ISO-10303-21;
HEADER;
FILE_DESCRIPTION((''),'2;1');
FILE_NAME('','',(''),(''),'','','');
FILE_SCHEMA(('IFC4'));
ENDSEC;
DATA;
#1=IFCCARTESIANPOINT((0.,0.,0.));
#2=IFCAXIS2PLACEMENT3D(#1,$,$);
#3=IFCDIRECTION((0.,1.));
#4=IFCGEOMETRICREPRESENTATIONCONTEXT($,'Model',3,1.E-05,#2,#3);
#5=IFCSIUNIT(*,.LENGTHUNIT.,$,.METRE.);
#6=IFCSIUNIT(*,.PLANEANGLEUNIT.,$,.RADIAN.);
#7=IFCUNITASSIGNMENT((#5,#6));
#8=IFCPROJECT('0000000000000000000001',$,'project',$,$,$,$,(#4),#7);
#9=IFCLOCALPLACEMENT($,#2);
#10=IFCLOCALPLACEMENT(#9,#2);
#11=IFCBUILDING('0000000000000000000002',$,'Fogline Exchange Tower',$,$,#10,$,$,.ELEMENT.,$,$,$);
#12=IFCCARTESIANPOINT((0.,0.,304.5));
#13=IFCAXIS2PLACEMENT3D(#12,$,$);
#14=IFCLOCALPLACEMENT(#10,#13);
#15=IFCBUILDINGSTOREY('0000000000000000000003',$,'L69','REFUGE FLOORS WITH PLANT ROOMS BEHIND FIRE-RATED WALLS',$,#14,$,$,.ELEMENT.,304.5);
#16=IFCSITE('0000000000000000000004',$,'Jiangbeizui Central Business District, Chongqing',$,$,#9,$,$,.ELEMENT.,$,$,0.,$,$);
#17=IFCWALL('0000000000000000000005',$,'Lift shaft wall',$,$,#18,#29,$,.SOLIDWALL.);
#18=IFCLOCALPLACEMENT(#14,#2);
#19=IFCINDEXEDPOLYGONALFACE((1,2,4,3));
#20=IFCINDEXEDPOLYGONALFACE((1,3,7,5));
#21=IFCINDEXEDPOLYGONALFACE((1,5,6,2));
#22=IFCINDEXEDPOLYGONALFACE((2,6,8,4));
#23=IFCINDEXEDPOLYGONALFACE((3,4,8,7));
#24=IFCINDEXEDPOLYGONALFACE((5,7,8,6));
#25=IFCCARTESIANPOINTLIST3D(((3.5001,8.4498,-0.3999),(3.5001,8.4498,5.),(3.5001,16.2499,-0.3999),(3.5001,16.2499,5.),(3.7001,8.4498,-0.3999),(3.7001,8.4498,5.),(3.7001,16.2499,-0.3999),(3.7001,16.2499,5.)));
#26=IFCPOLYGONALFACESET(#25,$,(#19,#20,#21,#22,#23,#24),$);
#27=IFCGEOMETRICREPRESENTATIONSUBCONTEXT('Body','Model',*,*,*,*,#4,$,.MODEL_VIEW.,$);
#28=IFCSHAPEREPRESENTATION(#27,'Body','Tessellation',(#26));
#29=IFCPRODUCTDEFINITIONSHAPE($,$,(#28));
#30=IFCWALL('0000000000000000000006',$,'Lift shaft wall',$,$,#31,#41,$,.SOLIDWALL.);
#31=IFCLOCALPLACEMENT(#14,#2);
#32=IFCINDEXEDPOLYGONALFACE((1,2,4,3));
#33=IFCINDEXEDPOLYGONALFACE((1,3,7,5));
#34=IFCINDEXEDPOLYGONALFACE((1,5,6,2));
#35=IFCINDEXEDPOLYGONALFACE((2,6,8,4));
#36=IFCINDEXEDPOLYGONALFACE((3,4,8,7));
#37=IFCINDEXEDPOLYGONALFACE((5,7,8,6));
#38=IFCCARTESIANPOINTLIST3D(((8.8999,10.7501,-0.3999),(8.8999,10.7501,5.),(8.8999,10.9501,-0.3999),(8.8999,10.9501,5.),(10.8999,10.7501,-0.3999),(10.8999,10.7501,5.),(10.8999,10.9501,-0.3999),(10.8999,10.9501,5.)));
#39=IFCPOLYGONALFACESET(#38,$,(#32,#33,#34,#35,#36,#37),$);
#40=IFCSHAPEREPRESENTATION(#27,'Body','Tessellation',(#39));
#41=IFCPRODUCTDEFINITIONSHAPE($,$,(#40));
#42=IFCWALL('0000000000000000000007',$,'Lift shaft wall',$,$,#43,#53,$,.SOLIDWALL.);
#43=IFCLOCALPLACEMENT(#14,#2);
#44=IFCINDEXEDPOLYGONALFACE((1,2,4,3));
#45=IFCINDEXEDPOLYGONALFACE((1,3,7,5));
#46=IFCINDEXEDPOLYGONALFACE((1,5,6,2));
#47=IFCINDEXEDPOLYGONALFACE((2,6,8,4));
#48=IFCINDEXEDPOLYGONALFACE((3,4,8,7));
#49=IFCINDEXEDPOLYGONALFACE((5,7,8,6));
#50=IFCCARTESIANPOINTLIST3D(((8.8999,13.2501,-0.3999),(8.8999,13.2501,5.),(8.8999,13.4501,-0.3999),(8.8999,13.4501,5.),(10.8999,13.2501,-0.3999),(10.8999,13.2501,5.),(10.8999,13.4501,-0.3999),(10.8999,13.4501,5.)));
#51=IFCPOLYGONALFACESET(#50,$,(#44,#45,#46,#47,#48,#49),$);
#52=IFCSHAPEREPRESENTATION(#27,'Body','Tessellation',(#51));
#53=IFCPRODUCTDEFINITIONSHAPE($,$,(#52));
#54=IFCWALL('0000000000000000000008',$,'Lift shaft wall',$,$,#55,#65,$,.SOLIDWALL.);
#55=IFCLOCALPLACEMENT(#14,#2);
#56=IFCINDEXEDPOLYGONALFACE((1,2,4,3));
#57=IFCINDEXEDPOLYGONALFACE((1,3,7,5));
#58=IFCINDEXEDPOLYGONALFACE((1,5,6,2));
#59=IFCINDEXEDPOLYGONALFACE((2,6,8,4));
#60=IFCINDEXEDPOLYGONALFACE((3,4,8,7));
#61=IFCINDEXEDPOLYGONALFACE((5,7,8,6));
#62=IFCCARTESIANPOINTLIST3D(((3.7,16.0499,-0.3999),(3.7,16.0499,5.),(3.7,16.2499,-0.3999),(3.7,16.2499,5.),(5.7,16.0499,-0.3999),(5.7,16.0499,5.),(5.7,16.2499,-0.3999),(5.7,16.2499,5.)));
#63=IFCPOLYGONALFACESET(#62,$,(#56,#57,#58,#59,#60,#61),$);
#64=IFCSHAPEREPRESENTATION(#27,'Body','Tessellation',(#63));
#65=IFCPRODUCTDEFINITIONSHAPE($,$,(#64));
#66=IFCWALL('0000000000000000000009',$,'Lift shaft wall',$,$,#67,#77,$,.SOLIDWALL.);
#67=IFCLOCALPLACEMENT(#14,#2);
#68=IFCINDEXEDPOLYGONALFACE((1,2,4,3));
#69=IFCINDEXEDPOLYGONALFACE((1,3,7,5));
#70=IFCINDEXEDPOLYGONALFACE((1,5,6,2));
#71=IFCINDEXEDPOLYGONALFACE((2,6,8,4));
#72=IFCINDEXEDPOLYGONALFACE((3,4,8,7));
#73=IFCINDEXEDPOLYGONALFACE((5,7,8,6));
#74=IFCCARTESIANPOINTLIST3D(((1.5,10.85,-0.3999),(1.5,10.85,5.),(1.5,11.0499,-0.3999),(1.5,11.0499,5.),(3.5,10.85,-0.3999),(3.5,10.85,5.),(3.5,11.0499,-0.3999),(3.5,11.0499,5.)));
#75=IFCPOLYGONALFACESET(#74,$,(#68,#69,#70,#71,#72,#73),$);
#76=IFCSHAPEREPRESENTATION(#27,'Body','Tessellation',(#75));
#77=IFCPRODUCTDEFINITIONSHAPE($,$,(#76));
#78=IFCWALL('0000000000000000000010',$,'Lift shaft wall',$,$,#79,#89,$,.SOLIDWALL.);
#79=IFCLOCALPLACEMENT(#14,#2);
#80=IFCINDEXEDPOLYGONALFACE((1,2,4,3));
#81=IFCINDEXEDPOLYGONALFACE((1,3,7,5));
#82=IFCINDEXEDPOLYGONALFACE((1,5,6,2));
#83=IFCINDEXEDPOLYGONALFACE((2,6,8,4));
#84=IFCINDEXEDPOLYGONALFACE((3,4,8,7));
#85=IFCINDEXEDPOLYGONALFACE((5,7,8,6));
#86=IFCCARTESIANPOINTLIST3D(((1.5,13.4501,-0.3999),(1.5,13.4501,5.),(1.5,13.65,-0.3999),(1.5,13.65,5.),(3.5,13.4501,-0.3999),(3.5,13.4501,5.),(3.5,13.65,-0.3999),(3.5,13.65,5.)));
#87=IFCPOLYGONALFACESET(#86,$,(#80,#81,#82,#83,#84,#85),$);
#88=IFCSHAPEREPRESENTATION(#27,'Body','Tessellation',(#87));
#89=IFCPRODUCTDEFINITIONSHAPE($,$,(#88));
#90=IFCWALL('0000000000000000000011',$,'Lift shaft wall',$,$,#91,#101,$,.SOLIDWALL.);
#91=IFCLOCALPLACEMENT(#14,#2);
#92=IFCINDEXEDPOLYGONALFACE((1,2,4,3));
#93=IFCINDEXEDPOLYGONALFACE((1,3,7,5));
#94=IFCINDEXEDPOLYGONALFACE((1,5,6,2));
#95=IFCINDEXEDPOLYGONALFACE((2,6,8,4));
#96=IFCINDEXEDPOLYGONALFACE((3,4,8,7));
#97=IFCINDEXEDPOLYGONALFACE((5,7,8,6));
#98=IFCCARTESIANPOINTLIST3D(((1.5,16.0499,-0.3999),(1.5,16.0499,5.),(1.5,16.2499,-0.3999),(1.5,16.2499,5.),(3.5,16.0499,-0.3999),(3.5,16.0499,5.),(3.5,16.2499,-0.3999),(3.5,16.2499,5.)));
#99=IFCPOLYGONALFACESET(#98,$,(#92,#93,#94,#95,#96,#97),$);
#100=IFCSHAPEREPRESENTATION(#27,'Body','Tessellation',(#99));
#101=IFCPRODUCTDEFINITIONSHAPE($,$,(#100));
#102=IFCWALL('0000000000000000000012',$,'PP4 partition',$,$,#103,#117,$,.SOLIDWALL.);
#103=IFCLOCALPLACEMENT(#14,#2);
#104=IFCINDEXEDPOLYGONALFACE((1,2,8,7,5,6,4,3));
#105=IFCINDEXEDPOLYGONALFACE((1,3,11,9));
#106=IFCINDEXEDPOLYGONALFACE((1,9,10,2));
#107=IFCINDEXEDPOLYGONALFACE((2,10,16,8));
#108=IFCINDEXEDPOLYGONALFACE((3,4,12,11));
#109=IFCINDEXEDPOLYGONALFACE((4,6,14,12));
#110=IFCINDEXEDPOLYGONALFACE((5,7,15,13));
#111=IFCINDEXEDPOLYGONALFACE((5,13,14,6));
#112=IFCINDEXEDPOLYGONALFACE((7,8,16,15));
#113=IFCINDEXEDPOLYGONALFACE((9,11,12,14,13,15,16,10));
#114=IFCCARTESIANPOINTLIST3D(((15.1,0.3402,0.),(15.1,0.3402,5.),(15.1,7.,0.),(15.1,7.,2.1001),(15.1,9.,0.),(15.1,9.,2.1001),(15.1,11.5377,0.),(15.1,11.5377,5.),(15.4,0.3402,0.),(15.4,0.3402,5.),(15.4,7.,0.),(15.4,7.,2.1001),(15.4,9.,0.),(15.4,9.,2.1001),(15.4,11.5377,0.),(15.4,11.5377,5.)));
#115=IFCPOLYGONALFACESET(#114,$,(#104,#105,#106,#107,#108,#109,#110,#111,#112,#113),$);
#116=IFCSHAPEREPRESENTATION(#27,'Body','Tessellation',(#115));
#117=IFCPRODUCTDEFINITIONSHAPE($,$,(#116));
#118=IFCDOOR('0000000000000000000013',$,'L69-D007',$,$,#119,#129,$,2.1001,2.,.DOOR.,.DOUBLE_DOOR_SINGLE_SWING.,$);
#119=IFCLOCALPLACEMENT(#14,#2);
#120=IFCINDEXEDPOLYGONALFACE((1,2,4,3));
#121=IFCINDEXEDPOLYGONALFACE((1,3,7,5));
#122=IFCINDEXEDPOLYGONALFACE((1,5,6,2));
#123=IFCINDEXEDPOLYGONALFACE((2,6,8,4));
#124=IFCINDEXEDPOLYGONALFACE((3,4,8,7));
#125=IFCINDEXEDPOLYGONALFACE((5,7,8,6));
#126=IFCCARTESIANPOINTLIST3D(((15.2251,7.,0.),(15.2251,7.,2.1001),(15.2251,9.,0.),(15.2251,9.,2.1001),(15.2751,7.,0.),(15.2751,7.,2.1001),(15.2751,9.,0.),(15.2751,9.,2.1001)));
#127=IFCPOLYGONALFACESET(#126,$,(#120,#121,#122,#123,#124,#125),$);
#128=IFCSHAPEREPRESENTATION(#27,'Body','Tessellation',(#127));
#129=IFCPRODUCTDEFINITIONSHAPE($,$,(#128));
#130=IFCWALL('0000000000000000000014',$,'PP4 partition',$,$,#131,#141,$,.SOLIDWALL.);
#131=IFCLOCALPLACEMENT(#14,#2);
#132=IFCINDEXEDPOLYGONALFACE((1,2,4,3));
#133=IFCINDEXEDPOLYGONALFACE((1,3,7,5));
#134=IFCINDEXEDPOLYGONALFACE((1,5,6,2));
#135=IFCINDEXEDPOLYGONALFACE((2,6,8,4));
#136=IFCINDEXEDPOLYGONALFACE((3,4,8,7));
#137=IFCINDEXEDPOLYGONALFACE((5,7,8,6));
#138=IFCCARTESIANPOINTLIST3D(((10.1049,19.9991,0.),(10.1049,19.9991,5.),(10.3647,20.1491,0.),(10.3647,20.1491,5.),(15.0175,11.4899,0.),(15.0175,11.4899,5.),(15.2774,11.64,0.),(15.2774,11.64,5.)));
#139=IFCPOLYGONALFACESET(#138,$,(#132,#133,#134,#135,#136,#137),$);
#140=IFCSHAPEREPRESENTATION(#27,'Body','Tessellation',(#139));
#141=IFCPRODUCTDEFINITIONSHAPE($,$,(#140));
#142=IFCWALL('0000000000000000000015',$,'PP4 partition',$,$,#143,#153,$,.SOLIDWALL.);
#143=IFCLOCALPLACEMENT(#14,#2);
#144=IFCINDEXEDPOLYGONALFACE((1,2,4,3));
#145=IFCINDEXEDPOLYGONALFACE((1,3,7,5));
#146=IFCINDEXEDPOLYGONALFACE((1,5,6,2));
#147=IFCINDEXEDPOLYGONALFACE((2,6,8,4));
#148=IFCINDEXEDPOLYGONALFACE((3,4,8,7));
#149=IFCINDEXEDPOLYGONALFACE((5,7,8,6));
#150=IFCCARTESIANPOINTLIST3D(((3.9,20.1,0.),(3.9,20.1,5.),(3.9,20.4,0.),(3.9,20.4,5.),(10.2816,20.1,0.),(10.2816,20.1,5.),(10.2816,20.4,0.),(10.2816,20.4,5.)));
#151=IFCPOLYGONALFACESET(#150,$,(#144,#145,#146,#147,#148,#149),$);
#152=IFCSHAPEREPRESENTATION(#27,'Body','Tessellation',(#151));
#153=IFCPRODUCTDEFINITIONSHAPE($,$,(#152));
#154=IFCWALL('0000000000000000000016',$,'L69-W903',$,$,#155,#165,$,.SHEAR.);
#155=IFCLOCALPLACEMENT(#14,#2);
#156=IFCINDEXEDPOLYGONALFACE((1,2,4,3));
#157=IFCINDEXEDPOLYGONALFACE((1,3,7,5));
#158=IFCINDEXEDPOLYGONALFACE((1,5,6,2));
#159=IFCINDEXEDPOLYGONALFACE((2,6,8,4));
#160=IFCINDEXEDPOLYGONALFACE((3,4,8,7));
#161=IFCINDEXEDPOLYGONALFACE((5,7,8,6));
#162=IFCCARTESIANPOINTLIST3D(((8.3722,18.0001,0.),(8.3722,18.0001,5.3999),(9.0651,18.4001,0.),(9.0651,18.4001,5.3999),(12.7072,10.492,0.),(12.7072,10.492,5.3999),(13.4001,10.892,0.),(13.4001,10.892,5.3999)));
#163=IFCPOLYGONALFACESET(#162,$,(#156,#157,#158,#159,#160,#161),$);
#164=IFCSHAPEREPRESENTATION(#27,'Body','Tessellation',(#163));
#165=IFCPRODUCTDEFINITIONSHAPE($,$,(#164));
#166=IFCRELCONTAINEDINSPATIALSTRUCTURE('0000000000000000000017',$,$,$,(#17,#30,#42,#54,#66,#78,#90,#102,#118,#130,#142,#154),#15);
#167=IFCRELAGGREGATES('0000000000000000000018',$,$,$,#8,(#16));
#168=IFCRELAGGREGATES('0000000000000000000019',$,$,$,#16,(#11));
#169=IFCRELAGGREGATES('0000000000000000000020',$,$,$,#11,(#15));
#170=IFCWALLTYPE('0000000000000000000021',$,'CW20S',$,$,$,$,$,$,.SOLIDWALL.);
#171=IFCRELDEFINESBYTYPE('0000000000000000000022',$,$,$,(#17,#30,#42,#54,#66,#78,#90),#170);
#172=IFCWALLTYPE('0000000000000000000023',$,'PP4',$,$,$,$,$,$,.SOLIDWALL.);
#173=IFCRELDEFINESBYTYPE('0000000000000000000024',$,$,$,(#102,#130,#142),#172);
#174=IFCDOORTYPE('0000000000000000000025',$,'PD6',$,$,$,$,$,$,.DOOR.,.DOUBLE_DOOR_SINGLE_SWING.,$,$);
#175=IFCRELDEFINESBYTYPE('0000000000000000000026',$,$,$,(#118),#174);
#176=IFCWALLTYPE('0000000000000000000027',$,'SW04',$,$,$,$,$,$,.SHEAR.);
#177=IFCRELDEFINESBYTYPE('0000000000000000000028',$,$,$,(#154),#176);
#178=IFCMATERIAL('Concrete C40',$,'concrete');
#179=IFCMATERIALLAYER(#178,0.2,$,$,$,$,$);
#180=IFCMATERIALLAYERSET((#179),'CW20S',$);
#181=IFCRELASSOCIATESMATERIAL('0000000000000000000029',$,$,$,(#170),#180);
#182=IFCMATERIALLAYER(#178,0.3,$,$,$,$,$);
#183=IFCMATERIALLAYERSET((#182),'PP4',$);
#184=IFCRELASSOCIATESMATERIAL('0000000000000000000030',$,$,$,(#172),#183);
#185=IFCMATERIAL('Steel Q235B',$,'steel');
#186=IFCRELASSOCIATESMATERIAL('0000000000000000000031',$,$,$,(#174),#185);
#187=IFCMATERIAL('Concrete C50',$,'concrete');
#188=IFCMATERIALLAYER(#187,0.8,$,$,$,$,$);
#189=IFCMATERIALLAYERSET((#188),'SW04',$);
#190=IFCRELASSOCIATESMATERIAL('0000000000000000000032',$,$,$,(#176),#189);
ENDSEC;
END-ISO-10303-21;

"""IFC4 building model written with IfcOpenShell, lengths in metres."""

from ifc_helpers import new_model, si_unit, direction, frame, frame_2d, origin, place, context, subcontext, project, spatial, rectangle, extrude, material, layer, layer_set, type_object, element, fill, save


model = new_model("IFC4")

# Units and contexts
model_context = context("Model", 3, precision=1e-05, world=origin(), true_north=direction((0.0, 1.0)))
body_context = subcontext(model_context, "Body", "Model", "MODEL_VIEW")
ifc_project = project(units=[si_unit("LENGTHUNIT", "METRE"), si_unit("PLANEANGLEUNIT", "RADIAN")], contexts=[model_context])

# Site, building, storey
site_placement = place(None, origin())
site = spatial("IfcSite", under=ifc_project, at=site_placement, Name="Jiangbeizui Central Business District, Chongqing", CompositionType="ELEMENT", RefElevation=0.0)
building_placement = place(site_placement, origin())
building = spatial("IfcBuilding", under=site, at=building_placement, Name="Fogline Exchange Tower", CompositionType="ELEMENT")
storey_placement = place(building_placement, frame((0.0, 0.0, 304.5)))
storey = spatial("IfcBuildingStorey", under=building, at=storey_placement, Name="L69", Description="REFUGE FLOORS WITH PLANT ROOMS BEHIND FIRE-RATED WALLS", CompositionType="ELEMENT", Elevation=304.5)

# Shared definitions
ifc_material_1 = material(Name="Concrete C40", Category="concrete")

# Walls
ifc_layer_1 = layer(ifc_material_1, 0.2)
ifc_layer_set_1 = layer_set([ifc_layer_1], Name="CW20S")
wall_type_1 = type_object("IfcWallType", Name="CW20S", PredefinedType="SOLIDWALL", material=ifc_layer_set_1)
wall_1_placement = place(storey_placement, frame((3.6001, 8.45, -0.3999), z_axis=(0.0, 0.0, 1.0), x_axis=(0.0, 1.0, 0.0)))
element("IfcWall", 1, at=wall_1_placement, inside=storey, type_object=wall_type_1, Name="Lift shaft wall", PredefinedType="SOLIDWALL", context=body_context, shape_type="SweptSolid", body=[
    extrude(rectangle(XDim=7.8, YDim=0.2, at=frame_2d((3.8999, 0.0))), origin(), (0.0, 0.0, 1.0), 5.3999),
])
for number, where, z_axis, x_axis, name in (
    (2, (8.8999, 10.8501, -0.3999), (0.0, 0.0, 1.0), (1.0, 0.0, 0.0), "Lift shaft wall"),
    (3, (8.8999, 13.3501, -0.3999), (0.0, 0.0, 1.0), (1.0, 0.0, 0.0), "Lift shaft wall"),
    (4, (3.7, 16.1499, -0.3999), (0.0, 0.0, 1.0), (1.0, 0.0, 0.0), "Lift shaft wall"),
    (5, (1.5, 10.95, -0.3999), (0.0, 0.0, 1.0), (1.0, 0.0, 0.0), "Lift shaft wall"),
    (6, (1.5, 13.55, -0.3999), (0.0, 0.0, 1.0), (1.0, 0.0, 0.0), "Lift shaft wall"),
    (7, (1.5, 16.1499, -0.3999), (0.0, 0.0, 1.0), (1.0, 0.0, 0.0), "Lift shaft wall"),
):
    element("IfcWall", number, at=place(storey_placement, frame(where, z_axis=z_axis, x_axis=x_axis)), inside=storey, type_object=wall_type_1, Name=name, PredefinedType="SOLIDWALL", context=body_context, shape_type="SweptSolid", body=[
        extrude(rectangle(XDim=2.0, YDim=0.2, at=frame_2d((1.0, 0.0))), origin(), (0.0, 0.0, 1.0), 5.3999),
    ])

# Wall, opening, door
ifc_layer_2 = layer(ifc_material_1, 0.3)
ifc_layer_set_2 = layer_set([ifc_layer_2], Name="PP4")
wall_type_2 = type_object("IfcWallType", Name="PP4", PredefinedType="SOLIDWALL", material=ifc_layer_set_2)
wall_2_placement = place(storey_placement, frame((15.25, 11.5376, 0.0), z_axis=(0.0, 0.0, 1.0), x_axis=(0.0, -1.0, 0.0)))
wall_2 = element("IfcWall", 8, at=wall_2_placement, inside=storey, type_object=wall_type_2, Name="PP4 partition", PredefinedType="SOLIDWALL", context=body_context, shape_type="SweptSolid", body=[
    extrude(rectangle(XDim=11.1975, YDim=0.3, at=frame_2d((5.5986, 0.0))), origin(), (0.0, 0.0, 1.0), 5.0),
])
opening_1_placement = place(wall_2_placement, frame((2.5376, 0.0, 0.0)))
opening_1 = element("IfcOpeningElement", 9, at=opening_1_placement, cuts=wall_2, PredefinedType="OPENING", context=body_context, shape_type="SweptSolid", body=[
    extrude(rectangle(XDim=2.0, YDim=2.1001, at=frame_2d((1.0, 1.05))), frame((0.0, 0.1602, 0.0), z_axis=(0.0, -1.0, 0.0), x_axis=(1.0, 0.0, 0.0)), (0.0, 0.0, 1.0), 0.3201),
])
ifc_material_2 = material(Name="Steel Q235B", Category="steel")
door_type_1 = type_object("IfcDoorType", Name="PD6", OperationType="DOUBLE_DOOR_SINGLE_SWING", PredefinedType="DOOR", material=ifc_material_2)
door_1_placement = place(opening_1_placement, frame((2.0, 0.0, 0.0), z_axis=(0.0, 0.0, 1.0), x_axis=(-1.0, 0.0, 0.0)))
door_1 = element("IfcDoor", 10, at=door_1_placement, inside=storey, type_object=door_type_1, Name="L69-D007", OperationType="DOUBLE_DOOR_SINGLE_SWING", OverallHeight=2.1001, OverallWidth=2.0, PredefinedType="DOOR", context=body_context, shape_type="SweptSolid", body=[
    extrude(rectangle(XDim=2.0, YDim=2.1001, at=frame_2d((1.0, 1.05))), frame((0.0, 0.0249, 0.0), z_axis=(0.0, -1.0, 0.0), x_axis=(1.0, 0.0, 0.0)), (0.0, 0.0, 1.0), 0.05),
])
fill(opening_1, door_1)

# Walls
wall_3_placement = place(storey_placement, frame((10.2349, 20.074, 0.0), z_axis=(0.0, 0.0, 1.0), x_axis=(0.499993, -0.86603, 0.0)))
element("IfcWall", 11, at=wall_3_placement, inside=storey, type_object=wall_type_2, Name="PP4 partition", PredefinedType="SOLIDWALL", context=body_context, shape_type="SweptSolid", body=[
    extrude(rectangle(XDim=9.8254, YDim=0.3, at=frame_2d((4.9126, 0.0))), origin(), (0.0, 0.0, 1.0), 5.0),
])
wall_4_placement = place(storey_placement, frame((3.8999, 20.25, 0.0), z_axis=(0.0, 0.0, 1.0), x_axis=(1.0, 0.0, 0.0)))
element("IfcWall", 12, at=wall_4_placement, inside=storey, type_object=wall_type_2, Name="PP4 partition", PredefinedType="SOLIDWALL", context=body_context, shape_type="SweptSolid", body=[
    extrude(rectangle(XDim=6.3816, YDim=0.3, at=frame_2d((3.1909, 0.0))), origin(), (0.0, 0.0, 1.0), 5.0),
])
ifc_material_3 = material(Name="Concrete C50", Category="concrete")
ifc_layer_3 = layer(ifc_material_3, 0.8)
ifc_layer_set_3 = layer_set([ifc_layer_3], Name="SW04")
wall_type_3 = type_object("IfcWallType", Name="SW04", PredefinedType="SHEAR", material=ifc_layer_set_3)
wall_5_placement = place(storey_placement, frame((13.0537, 10.6919, 0.0), z_axis=(0.0, 0.0, 1.0), x_axis=(-0.500016, 0.866016, 0.0)))
element("IfcWall", 13, at=wall_5_placement, inside=storey, type_object=wall_type_3, Name="L69-W903", PredefinedType="SHEAR", context=body_context, shape_type="SweptSolid", body=[
    extrude(rectangle(XDim=8.6697, YDim=0.8, at=frame_2d((4.335, 0.0))), origin(), (0.0, 0.0, 1.0), 5.3999),
])

save(model, "model.ifc")
